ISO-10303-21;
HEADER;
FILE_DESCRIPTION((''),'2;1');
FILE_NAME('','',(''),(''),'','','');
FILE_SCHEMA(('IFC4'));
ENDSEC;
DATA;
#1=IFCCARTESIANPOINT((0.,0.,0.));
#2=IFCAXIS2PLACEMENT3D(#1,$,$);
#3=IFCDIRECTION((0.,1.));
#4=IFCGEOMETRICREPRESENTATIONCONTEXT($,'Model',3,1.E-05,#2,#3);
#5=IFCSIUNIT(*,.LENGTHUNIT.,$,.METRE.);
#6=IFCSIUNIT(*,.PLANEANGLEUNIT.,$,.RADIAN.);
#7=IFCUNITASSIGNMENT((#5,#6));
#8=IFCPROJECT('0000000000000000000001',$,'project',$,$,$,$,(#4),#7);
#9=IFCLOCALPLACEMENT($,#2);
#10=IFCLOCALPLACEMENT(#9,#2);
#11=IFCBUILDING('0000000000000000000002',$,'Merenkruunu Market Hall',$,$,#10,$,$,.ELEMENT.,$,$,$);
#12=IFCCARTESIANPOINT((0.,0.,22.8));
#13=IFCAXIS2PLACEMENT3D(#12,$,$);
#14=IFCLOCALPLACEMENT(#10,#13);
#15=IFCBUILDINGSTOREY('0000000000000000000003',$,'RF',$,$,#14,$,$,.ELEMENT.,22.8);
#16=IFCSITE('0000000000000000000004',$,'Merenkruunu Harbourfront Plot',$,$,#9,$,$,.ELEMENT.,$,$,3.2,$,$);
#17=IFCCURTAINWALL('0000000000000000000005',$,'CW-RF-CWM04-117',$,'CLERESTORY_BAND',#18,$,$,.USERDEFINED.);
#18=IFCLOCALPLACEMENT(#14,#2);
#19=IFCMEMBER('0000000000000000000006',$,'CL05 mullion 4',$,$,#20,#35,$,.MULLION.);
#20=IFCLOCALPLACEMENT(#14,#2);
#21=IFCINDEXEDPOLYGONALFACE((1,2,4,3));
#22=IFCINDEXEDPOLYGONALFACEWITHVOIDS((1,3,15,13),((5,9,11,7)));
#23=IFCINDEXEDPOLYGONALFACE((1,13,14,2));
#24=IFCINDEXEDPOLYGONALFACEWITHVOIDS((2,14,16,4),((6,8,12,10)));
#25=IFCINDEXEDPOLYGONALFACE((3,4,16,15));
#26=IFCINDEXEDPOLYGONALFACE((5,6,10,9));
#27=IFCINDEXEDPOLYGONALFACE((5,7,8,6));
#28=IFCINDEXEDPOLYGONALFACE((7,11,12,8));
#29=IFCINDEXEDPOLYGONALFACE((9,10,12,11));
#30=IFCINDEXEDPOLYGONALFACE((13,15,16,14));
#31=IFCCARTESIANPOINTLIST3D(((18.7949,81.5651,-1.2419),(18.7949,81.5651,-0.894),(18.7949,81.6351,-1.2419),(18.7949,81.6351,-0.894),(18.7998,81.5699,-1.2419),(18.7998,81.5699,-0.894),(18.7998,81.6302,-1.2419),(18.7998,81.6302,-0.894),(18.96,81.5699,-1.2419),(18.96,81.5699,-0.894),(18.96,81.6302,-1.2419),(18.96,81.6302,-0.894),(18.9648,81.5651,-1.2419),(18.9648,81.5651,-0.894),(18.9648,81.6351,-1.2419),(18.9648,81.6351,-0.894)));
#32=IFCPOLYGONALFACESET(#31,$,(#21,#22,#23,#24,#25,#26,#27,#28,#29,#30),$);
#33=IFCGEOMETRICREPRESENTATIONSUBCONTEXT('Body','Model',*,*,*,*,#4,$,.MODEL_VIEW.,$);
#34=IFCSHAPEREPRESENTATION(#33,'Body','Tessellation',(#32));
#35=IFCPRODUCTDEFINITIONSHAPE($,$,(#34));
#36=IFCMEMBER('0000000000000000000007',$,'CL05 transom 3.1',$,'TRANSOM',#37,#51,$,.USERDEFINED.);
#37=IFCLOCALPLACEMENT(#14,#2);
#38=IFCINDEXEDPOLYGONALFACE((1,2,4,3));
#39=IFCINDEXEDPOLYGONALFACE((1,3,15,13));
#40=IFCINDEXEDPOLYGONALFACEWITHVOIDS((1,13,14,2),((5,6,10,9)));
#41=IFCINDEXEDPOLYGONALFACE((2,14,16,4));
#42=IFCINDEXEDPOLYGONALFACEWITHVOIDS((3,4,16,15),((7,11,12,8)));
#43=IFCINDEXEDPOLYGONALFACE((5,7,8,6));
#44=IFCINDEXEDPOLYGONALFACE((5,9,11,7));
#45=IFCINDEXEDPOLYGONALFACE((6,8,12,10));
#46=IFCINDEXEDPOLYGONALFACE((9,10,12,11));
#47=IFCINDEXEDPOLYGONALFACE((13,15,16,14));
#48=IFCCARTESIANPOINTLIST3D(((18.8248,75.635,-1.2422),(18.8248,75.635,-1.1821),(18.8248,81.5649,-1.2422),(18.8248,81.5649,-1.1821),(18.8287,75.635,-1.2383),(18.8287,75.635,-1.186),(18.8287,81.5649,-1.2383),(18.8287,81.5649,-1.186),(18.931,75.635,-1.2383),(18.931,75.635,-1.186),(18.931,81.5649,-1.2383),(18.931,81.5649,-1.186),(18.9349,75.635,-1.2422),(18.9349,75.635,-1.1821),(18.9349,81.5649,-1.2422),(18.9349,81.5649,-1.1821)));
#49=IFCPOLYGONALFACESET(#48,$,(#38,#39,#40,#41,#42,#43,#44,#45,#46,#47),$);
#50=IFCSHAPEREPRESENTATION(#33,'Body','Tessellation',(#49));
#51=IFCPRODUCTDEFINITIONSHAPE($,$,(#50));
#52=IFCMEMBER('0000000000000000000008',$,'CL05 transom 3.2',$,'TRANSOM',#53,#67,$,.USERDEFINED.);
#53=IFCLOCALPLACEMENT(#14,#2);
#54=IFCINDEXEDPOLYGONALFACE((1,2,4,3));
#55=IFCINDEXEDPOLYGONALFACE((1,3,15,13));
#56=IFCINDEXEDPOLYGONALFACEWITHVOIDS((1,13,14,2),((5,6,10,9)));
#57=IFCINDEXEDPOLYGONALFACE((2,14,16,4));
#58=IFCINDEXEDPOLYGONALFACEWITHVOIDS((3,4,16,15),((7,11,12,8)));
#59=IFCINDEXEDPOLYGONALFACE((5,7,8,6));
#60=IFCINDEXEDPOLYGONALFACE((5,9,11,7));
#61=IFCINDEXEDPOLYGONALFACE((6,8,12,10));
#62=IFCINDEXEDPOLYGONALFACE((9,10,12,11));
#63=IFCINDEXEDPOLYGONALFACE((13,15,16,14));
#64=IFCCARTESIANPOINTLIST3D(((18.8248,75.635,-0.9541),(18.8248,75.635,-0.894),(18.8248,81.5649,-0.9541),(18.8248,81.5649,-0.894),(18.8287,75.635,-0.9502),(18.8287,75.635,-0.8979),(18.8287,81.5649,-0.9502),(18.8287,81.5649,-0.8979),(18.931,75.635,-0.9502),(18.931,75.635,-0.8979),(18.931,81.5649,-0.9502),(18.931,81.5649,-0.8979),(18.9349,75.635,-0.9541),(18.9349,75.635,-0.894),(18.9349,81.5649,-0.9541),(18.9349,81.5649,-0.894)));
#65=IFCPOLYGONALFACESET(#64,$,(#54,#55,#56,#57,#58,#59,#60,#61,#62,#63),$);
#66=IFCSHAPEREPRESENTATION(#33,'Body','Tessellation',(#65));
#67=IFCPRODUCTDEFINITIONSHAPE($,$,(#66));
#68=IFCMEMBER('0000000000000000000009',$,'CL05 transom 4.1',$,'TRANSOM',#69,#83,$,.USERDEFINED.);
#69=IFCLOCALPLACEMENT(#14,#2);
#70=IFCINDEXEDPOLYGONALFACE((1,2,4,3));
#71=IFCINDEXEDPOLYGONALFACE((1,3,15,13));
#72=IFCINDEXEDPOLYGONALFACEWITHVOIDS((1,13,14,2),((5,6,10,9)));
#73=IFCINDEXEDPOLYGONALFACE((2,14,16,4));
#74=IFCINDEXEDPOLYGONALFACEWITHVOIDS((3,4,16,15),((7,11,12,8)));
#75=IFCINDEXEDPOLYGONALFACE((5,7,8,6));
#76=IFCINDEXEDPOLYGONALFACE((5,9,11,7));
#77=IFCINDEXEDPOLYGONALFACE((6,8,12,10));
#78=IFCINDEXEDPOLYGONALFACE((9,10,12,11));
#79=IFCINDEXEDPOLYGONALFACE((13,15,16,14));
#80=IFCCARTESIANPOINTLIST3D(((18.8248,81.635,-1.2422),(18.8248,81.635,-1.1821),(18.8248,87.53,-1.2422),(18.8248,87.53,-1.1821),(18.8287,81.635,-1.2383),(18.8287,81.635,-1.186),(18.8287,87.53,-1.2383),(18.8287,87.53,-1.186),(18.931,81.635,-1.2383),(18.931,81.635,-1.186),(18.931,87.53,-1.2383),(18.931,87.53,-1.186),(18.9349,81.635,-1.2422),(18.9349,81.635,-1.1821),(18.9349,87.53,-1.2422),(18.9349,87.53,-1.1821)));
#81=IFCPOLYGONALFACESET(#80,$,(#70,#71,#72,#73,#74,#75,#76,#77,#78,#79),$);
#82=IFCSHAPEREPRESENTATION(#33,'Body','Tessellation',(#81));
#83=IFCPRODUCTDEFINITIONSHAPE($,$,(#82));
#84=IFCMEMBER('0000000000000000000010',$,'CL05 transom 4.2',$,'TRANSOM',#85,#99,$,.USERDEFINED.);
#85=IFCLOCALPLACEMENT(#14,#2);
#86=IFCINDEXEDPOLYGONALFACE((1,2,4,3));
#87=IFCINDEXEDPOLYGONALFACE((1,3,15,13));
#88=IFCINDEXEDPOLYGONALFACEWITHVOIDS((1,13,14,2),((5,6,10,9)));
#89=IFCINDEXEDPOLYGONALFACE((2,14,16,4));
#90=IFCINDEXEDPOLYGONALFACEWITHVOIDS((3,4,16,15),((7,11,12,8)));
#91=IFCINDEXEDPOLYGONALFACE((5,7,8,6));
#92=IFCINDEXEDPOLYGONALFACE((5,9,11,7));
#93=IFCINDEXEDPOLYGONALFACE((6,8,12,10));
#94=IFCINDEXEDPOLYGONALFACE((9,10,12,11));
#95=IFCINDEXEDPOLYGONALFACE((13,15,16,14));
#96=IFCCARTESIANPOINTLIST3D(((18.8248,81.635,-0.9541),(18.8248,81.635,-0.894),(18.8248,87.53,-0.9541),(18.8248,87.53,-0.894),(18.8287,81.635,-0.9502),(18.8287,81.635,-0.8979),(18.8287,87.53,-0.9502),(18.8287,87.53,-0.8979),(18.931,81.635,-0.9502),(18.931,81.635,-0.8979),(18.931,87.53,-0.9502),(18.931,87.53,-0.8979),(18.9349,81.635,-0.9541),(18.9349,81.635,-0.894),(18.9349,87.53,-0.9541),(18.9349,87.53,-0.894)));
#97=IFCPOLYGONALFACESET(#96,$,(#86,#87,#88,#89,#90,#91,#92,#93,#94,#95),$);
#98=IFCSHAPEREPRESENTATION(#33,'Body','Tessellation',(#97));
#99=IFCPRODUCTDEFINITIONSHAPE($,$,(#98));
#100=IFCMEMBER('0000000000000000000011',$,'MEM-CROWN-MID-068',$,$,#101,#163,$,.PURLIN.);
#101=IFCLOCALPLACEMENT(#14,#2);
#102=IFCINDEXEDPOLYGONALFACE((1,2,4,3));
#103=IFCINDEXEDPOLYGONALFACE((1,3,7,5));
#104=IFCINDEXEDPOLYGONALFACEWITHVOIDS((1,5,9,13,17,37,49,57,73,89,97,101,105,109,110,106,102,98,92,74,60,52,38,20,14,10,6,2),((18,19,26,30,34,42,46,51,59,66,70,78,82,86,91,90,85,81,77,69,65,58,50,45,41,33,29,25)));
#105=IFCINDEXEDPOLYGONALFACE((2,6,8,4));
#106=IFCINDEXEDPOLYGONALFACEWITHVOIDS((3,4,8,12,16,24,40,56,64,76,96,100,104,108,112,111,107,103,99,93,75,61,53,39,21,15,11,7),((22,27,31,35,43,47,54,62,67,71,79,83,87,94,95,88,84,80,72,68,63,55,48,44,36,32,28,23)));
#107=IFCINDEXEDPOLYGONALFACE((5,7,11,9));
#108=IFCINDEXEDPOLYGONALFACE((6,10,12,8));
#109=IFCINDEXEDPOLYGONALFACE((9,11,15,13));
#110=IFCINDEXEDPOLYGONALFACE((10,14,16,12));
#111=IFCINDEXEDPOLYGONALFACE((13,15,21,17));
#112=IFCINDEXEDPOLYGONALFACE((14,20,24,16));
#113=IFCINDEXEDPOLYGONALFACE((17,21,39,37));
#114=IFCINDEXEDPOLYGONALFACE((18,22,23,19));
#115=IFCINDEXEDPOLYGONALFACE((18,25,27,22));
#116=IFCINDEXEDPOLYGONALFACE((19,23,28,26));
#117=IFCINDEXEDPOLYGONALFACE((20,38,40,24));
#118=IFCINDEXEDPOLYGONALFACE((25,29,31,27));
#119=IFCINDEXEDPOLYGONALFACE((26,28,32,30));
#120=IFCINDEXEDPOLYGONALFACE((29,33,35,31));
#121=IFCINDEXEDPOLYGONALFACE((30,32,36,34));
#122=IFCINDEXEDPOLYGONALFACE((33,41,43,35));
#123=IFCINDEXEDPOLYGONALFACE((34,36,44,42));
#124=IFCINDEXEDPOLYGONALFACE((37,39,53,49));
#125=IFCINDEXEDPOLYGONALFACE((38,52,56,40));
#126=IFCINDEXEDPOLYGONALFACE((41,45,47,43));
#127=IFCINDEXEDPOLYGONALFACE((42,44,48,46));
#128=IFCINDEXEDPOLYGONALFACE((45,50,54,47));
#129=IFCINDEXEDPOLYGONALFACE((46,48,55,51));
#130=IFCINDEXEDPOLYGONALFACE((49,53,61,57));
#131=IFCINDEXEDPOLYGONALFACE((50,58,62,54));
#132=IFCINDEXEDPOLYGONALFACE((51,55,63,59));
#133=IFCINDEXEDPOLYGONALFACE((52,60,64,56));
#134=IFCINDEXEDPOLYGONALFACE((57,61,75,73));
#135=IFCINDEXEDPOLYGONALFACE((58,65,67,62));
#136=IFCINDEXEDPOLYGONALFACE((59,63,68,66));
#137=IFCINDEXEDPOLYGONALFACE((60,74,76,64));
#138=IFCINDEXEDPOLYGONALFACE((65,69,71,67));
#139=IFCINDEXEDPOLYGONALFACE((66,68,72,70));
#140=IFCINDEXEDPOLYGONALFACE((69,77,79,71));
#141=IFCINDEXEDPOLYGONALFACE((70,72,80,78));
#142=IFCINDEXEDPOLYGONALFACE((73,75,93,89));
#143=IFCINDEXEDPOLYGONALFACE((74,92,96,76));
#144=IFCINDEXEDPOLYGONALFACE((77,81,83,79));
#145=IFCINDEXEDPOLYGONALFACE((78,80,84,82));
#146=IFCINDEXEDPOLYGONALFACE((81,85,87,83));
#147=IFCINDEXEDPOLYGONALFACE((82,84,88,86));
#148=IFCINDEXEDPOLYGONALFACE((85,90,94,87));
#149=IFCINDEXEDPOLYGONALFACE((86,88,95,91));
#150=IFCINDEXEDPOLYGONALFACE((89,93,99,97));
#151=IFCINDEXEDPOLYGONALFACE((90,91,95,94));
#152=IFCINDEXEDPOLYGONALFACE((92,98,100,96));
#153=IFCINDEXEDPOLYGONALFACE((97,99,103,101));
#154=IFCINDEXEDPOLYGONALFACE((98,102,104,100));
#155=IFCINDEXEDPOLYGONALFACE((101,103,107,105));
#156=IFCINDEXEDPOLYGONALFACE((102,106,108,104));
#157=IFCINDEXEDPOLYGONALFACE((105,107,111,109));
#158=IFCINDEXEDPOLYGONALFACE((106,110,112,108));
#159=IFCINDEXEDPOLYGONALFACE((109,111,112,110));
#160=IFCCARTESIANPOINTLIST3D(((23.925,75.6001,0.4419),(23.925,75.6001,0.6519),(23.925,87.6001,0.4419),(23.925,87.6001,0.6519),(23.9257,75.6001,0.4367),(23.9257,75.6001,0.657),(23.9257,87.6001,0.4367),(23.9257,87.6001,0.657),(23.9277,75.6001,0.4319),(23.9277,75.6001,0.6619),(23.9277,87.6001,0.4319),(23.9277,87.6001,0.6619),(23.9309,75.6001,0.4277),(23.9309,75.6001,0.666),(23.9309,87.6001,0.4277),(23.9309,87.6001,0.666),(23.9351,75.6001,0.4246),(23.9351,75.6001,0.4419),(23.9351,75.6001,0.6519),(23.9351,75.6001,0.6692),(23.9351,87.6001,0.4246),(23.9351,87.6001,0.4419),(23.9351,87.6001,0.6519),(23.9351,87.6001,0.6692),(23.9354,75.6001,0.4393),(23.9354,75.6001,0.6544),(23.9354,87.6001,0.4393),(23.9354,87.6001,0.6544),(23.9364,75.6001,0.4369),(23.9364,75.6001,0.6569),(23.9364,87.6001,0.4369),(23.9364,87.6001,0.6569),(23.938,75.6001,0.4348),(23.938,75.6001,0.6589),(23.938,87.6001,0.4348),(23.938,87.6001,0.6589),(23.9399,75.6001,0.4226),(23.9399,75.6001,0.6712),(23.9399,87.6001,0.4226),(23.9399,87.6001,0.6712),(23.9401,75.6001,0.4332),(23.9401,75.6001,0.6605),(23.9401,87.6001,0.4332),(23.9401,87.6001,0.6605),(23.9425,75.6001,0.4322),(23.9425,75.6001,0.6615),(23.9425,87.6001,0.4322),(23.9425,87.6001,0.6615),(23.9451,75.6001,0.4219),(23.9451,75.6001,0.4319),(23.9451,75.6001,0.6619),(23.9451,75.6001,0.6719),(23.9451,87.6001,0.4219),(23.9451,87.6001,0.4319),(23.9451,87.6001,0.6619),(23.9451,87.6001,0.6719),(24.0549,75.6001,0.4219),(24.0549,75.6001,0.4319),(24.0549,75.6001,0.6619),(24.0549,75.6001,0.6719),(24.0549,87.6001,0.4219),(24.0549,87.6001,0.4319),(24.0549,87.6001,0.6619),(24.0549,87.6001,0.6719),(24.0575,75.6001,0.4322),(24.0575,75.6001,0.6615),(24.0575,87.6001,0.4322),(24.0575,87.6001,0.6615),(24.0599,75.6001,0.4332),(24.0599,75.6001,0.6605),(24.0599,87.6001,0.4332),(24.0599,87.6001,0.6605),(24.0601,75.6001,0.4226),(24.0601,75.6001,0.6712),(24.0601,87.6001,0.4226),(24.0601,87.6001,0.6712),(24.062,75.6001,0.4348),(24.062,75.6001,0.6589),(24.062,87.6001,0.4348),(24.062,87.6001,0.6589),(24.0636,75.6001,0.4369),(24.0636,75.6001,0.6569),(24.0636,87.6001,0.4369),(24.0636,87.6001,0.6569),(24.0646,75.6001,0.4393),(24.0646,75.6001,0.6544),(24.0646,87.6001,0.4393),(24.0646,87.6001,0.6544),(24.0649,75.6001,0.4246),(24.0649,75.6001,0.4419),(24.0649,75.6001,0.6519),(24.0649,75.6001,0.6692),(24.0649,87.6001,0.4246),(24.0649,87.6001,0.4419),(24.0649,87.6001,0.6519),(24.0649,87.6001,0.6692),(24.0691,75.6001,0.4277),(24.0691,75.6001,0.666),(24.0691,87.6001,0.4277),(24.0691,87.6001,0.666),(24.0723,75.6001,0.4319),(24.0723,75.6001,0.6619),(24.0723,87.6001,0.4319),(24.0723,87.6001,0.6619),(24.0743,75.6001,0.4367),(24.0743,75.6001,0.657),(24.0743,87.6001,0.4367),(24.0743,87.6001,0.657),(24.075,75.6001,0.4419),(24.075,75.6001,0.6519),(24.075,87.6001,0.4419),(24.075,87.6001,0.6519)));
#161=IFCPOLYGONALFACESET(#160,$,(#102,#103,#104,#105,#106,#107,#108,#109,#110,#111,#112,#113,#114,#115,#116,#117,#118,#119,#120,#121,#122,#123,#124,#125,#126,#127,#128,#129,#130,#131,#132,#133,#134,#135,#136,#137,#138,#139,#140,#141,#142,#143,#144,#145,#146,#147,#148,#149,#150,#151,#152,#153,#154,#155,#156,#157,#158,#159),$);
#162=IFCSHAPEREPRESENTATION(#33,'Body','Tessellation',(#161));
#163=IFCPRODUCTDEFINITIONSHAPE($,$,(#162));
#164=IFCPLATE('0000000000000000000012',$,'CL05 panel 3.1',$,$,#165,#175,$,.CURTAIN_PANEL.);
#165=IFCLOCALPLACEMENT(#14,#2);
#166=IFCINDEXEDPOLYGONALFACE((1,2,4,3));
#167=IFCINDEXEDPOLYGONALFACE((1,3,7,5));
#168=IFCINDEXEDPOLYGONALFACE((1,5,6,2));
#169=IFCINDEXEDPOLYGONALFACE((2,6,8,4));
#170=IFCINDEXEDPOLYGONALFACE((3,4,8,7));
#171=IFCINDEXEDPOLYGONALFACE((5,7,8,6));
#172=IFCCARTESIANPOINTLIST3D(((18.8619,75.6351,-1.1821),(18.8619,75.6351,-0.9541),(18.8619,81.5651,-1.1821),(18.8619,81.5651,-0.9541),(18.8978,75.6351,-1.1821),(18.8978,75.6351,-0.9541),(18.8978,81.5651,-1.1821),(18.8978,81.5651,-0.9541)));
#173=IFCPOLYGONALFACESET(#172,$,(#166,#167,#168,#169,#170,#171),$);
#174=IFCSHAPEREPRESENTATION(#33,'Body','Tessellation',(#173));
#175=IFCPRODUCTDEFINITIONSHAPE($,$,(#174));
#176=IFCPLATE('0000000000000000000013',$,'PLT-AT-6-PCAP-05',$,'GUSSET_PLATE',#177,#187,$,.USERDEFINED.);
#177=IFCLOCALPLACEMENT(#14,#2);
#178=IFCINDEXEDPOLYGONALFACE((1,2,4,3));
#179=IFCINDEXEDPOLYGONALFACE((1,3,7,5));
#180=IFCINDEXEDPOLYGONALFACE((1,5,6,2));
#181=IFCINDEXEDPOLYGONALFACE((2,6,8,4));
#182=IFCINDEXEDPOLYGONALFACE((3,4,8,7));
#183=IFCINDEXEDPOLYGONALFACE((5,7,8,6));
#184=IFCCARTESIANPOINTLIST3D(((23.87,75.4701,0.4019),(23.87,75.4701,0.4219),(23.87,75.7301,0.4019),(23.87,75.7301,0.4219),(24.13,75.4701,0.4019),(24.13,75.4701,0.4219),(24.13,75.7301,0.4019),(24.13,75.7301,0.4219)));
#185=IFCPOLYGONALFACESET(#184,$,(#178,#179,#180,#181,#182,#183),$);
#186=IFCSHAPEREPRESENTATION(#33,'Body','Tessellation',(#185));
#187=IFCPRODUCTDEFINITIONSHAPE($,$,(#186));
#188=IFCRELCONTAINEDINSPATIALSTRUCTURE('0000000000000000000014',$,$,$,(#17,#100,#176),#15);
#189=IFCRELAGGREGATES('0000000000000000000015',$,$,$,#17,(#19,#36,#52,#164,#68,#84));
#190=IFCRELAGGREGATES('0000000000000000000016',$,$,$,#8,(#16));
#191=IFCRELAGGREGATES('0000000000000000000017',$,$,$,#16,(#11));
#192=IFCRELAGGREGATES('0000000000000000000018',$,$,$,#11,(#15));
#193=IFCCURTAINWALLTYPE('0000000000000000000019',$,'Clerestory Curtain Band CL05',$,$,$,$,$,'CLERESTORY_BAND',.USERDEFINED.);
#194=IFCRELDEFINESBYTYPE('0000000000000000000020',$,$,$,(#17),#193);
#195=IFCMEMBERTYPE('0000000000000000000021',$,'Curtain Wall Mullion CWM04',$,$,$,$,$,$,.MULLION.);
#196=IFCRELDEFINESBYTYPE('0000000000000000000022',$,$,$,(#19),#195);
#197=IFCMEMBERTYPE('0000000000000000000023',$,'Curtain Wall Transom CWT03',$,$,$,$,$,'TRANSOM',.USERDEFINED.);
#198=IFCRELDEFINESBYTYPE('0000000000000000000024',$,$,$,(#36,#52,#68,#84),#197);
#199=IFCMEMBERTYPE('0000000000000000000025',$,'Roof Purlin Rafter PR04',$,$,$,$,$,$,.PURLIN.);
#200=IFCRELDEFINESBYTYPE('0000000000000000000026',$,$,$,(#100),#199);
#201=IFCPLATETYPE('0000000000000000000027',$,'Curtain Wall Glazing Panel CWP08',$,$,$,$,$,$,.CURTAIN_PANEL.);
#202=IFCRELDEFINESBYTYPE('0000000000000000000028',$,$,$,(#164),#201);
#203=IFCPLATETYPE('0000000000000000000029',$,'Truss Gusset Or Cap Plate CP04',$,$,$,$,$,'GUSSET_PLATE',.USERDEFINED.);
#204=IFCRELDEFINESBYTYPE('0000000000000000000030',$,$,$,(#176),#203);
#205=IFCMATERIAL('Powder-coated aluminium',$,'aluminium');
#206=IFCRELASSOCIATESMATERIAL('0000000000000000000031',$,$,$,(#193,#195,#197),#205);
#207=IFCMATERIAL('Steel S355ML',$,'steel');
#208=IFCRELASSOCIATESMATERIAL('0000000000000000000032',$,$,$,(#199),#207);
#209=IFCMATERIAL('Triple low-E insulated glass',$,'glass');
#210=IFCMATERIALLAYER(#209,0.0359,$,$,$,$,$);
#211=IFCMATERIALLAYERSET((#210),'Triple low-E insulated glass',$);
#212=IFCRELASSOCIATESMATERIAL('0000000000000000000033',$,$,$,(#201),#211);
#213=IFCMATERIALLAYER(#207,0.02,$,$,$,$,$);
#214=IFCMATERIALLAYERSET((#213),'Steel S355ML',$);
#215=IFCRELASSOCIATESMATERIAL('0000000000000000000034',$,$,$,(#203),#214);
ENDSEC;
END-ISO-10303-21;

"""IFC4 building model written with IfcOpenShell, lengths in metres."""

from ifc_helpers import new_model, si_unit, direction, frame, origin, origin_2d, place, context, subcontext, project, spatial, rectangle, hollow_rectangle, extrude, material, layer, layer_set, material_profile, profile_set, type_object, element, aggregate, save


model = new_model("IFC4")

# Units and contexts
model_context = context("Model", 3, precision=1e-05, world=origin(), true_north=direction((0.0, 1.0)))
body_context = subcontext(model_context, "Body", "Model", "MODEL_VIEW")
ifc_project = project(units=[si_unit("LENGTHUNIT", "METRE"), si_unit("PLANEANGLEUNIT", "RADIAN")], contexts=[model_context])

# Site, building, storey
site_placement = place(None, origin())
site = spatial("IfcSite", under=ifc_project, at=site_placement, Name="Merenkruunu Harbourfront Plot", CompositionType="ELEMENT", RefElevation=3.2)
building_placement = place(site_placement, origin())
building = spatial("IfcBuilding", under=site, at=building_placement, Name="Merenkruunu Market Hall", CompositionType="ELEMENT")
storey_placement = place(building_placement, frame((0.0, 0.0, 22.8)))
storey = spatial("IfcBuildingStorey", under=building, at=storey_placement, Name="RF", CompositionType="ELEMENT", Elevation=22.8)

# Curtain wall, members
ifc_material_1 = material(Name="Powder-coated aluminium", Category="aluminium")
curtain_wall_type = type_object("IfcCurtainWallType", Name="Clerestory Curtain Band CL05", ElementType="CLERESTORY_BAND", PredefinedType="USERDEFINED", material=ifc_material_1)
curtain_wall_placement = place(storey_placement, origin())
curtain_wall = element("IfcCurtainWall", 1, at=curtain_wall_placement, inside=storey, type_object=curtain_wall_type, Name="CW-RF-CWM04-117", ObjectType="CLERESTORY_BAND", PredefinedType="USERDEFINED")
ifc_material_profile_1 = material_profile(ifc_material_1, hollow_rectangle(XDim=0.0701, YDim=0.1699, WallThickness=0.0049, at=origin_2d()), Name="ALU 70x170x5")
ifc_profile_set_1 = profile_set([ifc_material_profile_1], Name="Powder-coated aluminium")
member_type_1 = type_object("IfcMemberType", Name="Curtain Wall Mullion CWM04", PredefinedType="MULLION", material=ifc_profile_set_1)
member_1_placement = place(storey_placement, frame((18.8799, 81.6001, -1.2419), z_axis=(0.0, 0.0, 1.0), x_axis=(0.0, 1.0, 0.0)))
member_1 = element("IfcMember", 2, at=member_1_placement, type_object=member_type_1, Name="CL05 mullion 4", PredefinedType="MULLION", context=body_context, shape_type="SweptSolid", body=[
    extrude(hollow_rectangle(XDim=0.0701, YDim=0.1699, WallThickness=0.0049, at=origin_2d()), origin(), (0.0, 0.0, 1.0), 0.3479),
])
ifc_material_profile_2 = material_profile(ifc_material_1, hollow_rectangle(XDim=0.0601, YDim=0.1101, WallThickness=0.0039, at=origin_2d()), Name="ALU 60x110x4")
ifc_profile_set_2 = profile_set([ifc_material_profile_2], Name="Powder-coated aluminium")
member_type_2 = type_object("IfcMemberType", Name="Curtain Wall Transom CWT03", ElementType="TRANSOM", PredefinedType="USERDEFINED", material=ifc_profile_set_2)
member_2_placement = place(storey_placement, frame((18.8799, 75.635, -1.2122), z_axis=(0.0, 1.0, 0.0), x_axis=(0.0, 0.0, 1.0)))
member_2 = element("IfcMember", 3, at=member_2_placement, type_object=member_type_2, Name="CL05 transom 3.1", ObjectType="TRANSOM", PredefinedType="USERDEFINED", context=body_context, shape_type="SweptSolid", body=[
    extrude(hollow_rectangle(XDim=0.0601, YDim=0.1101, WallThickness=0.0039, at=origin_2d()), origin(), (0.0, 0.0, 1.0), 5.9299),
])
member_3_placement = place(storey_placement, frame((18.8799, 75.635, -0.9241), z_axis=(0.0, 1.0, 0.0), x_axis=(0.0, 0.0, 1.0)))
member_3 = element("IfcMember", 4, at=member_3_placement, type_object=member_type_2, Name="CL05 transom 3.2", ObjectType="TRANSOM", PredefinedType="USERDEFINED", context=body_context, shape_type="SweptSolid", body=[
    extrude(hollow_rectangle(XDim=0.0601, YDim=0.1101, WallThickness=0.0039, at=origin_2d()), origin(), (0.0, 0.0, 1.0), 5.9299),
])
member_4_placement = place(storey_placement, frame((18.8799, 81.635, -1.2122), z_axis=(0.0, 1.0, 0.0), x_axis=(0.0, 0.0, 1.0)))
member_4 = element("IfcMember", 5, at=member_4_placement, type_object=member_type_2, Name="CL05 transom 4.1", ObjectType="TRANSOM", PredefinedType="USERDEFINED", context=body_context, shape_type="SweptSolid", body=[
    extrude(hollow_rectangle(XDim=0.0601, YDim=0.1101, WallThickness=0.0039, at=origin_2d()), origin(), (0.0, 0.0, 1.0), 5.895),
])
member_5_placement = place(storey_placement, frame((18.8799, 81.635, -0.9241), z_axis=(0.0, 1.0, 0.0), x_axis=(0.0, 0.0, 1.0)))
member_5 = element("IfcMember", 6, at=member_5_placement, type_object=member_type_2, Name="CL05 transom 4.2", ObjectType="TRANSOM", PredefinedType="USERDEFINED", context=body_context, shape_type="SweptSolid", body=[
    extrude(hollow_rectangle(XDim=0.0601, YDim=0.1101, WallThickness=0.0039, at=origin_2d()), origin(), (0.0, 0.0, 1.0), 5.895),
])

# Member
ifc_material_2 = material(Name="Steel S355ML", Category="steel")
ifc_material_profile_3 = material_profile(ifc_material_2, hollow_rectangle(XDim=0.1499, YDim=0.25, WallThickness=0.01, InnerFilletRadius=0.01, OuterFilletRadius=0.02, at=origin_2d()), Name="RHS 250x150x10")
ifc_profile_set_3 = profile_set([ifc_material_profile_3], Name="Steel S355ML")
member_type_3 = type_object("IfcMemberType", Name="Roof Purlin Rafter PR04", PredefinedType="PURLIN", material=ifc_profile_set_3)
member_6_placement = place(storey_placement, frame((24.0, 75.6001, 0.5469), z_axis=(0.0, 1.0, 0.0), x_axis=(-1.0, 0.0, 0.0)))
element("IfcMember", 7, at=member_6_placement, inside=storey, type_object=member_type_3, Name="MEM-CROWN-MID-068", PredefinedType="PURLIN", context=body_context, shape_type="SweptSolid", body=[
    extrude(hollow_rectangle(XDim=0.1499, YDim=0.25, WallThickness=0.01, InnerFilletRadius=0.01, OuterFilletRadius=0.02, at=origin_2d()), origin(), (0.0, 0.0, 1.0), 12.0),
])

# Plate
ifc_material_3 = material(Name="Triple low-E insulated glass", Category="glass")
ifc_layer_1 = layer(ifc_material_3, 0.0359)
ifc_layer_set_1 = layer_set([ifc_layer_1], Name="Triple low-E insulated glass")
plate_type_1 = type_object("IfcPlateType", Name="Curtain Wall Glazing Panel CWP08", PredefinedType="CURTAIN_PANEL", material=ifc_layer_set_1)
plate_1_placement = place(storey_placement, frame((18.8799, 78.6001, -1.1821), z_axis=(0.0, 0.0, 1.0), x_axis=(0.0, 1.0, 0.0)))
plate_1 = element("IfcPlate", 8, at=plate_1_placement, type_object=plate_type_1, Name="CL05 panel 3.1", PredefinedType="CURTAIN_PANEL", context=body_context, shape_type="SweptSolid", body=[
    extrude(rectangle(XDim=5.9299, YDim=0.0359, at=origin_2d()), origin(), (0.0, 0.0, 1.0), 0.228),
])
aggregate(curtain_wall, [member_1, member_2, member_3, plate_1, member_4, member_5])

# Plate
ifc_layer_2 = layer(ifc_material_2, 0.02)
ifc_layer_set_2 = layer_set([ifc_layer_2], Name="Steel S355ML")
plate_type_2 = type_object("IfcPlateType", Name="Truss Gusset Or Cap Plate CP04", ElementType="GUSSET_PLATE", PredefinedType="USERDEFINED", material=ifc_layer_set_2)
plate_2_placement = place(storey_placement, frame((24.0, 75.6001, 0.4019), z_axis=(0.0, 0.0, 1.0), x_axis=(1.0, 0.0, 0.0)))
element("IfcPlate", 9, at=plate_2_placement, inside=storey, type_object=plate_type_2, Name="PLT-AT-6-PCAP-05", ObjectType="GUSSET_PLATE", PredefinedType="USERDEFINED", context=body_context, shape_type="SweptSolid", body=[
    extrude(rectangle(XDim=0.26, YDim=0.26, at=origin_2d()), origin(), (0.0, 0.0, 1.0), 0.02),
])

save(model, "model.ifc")
